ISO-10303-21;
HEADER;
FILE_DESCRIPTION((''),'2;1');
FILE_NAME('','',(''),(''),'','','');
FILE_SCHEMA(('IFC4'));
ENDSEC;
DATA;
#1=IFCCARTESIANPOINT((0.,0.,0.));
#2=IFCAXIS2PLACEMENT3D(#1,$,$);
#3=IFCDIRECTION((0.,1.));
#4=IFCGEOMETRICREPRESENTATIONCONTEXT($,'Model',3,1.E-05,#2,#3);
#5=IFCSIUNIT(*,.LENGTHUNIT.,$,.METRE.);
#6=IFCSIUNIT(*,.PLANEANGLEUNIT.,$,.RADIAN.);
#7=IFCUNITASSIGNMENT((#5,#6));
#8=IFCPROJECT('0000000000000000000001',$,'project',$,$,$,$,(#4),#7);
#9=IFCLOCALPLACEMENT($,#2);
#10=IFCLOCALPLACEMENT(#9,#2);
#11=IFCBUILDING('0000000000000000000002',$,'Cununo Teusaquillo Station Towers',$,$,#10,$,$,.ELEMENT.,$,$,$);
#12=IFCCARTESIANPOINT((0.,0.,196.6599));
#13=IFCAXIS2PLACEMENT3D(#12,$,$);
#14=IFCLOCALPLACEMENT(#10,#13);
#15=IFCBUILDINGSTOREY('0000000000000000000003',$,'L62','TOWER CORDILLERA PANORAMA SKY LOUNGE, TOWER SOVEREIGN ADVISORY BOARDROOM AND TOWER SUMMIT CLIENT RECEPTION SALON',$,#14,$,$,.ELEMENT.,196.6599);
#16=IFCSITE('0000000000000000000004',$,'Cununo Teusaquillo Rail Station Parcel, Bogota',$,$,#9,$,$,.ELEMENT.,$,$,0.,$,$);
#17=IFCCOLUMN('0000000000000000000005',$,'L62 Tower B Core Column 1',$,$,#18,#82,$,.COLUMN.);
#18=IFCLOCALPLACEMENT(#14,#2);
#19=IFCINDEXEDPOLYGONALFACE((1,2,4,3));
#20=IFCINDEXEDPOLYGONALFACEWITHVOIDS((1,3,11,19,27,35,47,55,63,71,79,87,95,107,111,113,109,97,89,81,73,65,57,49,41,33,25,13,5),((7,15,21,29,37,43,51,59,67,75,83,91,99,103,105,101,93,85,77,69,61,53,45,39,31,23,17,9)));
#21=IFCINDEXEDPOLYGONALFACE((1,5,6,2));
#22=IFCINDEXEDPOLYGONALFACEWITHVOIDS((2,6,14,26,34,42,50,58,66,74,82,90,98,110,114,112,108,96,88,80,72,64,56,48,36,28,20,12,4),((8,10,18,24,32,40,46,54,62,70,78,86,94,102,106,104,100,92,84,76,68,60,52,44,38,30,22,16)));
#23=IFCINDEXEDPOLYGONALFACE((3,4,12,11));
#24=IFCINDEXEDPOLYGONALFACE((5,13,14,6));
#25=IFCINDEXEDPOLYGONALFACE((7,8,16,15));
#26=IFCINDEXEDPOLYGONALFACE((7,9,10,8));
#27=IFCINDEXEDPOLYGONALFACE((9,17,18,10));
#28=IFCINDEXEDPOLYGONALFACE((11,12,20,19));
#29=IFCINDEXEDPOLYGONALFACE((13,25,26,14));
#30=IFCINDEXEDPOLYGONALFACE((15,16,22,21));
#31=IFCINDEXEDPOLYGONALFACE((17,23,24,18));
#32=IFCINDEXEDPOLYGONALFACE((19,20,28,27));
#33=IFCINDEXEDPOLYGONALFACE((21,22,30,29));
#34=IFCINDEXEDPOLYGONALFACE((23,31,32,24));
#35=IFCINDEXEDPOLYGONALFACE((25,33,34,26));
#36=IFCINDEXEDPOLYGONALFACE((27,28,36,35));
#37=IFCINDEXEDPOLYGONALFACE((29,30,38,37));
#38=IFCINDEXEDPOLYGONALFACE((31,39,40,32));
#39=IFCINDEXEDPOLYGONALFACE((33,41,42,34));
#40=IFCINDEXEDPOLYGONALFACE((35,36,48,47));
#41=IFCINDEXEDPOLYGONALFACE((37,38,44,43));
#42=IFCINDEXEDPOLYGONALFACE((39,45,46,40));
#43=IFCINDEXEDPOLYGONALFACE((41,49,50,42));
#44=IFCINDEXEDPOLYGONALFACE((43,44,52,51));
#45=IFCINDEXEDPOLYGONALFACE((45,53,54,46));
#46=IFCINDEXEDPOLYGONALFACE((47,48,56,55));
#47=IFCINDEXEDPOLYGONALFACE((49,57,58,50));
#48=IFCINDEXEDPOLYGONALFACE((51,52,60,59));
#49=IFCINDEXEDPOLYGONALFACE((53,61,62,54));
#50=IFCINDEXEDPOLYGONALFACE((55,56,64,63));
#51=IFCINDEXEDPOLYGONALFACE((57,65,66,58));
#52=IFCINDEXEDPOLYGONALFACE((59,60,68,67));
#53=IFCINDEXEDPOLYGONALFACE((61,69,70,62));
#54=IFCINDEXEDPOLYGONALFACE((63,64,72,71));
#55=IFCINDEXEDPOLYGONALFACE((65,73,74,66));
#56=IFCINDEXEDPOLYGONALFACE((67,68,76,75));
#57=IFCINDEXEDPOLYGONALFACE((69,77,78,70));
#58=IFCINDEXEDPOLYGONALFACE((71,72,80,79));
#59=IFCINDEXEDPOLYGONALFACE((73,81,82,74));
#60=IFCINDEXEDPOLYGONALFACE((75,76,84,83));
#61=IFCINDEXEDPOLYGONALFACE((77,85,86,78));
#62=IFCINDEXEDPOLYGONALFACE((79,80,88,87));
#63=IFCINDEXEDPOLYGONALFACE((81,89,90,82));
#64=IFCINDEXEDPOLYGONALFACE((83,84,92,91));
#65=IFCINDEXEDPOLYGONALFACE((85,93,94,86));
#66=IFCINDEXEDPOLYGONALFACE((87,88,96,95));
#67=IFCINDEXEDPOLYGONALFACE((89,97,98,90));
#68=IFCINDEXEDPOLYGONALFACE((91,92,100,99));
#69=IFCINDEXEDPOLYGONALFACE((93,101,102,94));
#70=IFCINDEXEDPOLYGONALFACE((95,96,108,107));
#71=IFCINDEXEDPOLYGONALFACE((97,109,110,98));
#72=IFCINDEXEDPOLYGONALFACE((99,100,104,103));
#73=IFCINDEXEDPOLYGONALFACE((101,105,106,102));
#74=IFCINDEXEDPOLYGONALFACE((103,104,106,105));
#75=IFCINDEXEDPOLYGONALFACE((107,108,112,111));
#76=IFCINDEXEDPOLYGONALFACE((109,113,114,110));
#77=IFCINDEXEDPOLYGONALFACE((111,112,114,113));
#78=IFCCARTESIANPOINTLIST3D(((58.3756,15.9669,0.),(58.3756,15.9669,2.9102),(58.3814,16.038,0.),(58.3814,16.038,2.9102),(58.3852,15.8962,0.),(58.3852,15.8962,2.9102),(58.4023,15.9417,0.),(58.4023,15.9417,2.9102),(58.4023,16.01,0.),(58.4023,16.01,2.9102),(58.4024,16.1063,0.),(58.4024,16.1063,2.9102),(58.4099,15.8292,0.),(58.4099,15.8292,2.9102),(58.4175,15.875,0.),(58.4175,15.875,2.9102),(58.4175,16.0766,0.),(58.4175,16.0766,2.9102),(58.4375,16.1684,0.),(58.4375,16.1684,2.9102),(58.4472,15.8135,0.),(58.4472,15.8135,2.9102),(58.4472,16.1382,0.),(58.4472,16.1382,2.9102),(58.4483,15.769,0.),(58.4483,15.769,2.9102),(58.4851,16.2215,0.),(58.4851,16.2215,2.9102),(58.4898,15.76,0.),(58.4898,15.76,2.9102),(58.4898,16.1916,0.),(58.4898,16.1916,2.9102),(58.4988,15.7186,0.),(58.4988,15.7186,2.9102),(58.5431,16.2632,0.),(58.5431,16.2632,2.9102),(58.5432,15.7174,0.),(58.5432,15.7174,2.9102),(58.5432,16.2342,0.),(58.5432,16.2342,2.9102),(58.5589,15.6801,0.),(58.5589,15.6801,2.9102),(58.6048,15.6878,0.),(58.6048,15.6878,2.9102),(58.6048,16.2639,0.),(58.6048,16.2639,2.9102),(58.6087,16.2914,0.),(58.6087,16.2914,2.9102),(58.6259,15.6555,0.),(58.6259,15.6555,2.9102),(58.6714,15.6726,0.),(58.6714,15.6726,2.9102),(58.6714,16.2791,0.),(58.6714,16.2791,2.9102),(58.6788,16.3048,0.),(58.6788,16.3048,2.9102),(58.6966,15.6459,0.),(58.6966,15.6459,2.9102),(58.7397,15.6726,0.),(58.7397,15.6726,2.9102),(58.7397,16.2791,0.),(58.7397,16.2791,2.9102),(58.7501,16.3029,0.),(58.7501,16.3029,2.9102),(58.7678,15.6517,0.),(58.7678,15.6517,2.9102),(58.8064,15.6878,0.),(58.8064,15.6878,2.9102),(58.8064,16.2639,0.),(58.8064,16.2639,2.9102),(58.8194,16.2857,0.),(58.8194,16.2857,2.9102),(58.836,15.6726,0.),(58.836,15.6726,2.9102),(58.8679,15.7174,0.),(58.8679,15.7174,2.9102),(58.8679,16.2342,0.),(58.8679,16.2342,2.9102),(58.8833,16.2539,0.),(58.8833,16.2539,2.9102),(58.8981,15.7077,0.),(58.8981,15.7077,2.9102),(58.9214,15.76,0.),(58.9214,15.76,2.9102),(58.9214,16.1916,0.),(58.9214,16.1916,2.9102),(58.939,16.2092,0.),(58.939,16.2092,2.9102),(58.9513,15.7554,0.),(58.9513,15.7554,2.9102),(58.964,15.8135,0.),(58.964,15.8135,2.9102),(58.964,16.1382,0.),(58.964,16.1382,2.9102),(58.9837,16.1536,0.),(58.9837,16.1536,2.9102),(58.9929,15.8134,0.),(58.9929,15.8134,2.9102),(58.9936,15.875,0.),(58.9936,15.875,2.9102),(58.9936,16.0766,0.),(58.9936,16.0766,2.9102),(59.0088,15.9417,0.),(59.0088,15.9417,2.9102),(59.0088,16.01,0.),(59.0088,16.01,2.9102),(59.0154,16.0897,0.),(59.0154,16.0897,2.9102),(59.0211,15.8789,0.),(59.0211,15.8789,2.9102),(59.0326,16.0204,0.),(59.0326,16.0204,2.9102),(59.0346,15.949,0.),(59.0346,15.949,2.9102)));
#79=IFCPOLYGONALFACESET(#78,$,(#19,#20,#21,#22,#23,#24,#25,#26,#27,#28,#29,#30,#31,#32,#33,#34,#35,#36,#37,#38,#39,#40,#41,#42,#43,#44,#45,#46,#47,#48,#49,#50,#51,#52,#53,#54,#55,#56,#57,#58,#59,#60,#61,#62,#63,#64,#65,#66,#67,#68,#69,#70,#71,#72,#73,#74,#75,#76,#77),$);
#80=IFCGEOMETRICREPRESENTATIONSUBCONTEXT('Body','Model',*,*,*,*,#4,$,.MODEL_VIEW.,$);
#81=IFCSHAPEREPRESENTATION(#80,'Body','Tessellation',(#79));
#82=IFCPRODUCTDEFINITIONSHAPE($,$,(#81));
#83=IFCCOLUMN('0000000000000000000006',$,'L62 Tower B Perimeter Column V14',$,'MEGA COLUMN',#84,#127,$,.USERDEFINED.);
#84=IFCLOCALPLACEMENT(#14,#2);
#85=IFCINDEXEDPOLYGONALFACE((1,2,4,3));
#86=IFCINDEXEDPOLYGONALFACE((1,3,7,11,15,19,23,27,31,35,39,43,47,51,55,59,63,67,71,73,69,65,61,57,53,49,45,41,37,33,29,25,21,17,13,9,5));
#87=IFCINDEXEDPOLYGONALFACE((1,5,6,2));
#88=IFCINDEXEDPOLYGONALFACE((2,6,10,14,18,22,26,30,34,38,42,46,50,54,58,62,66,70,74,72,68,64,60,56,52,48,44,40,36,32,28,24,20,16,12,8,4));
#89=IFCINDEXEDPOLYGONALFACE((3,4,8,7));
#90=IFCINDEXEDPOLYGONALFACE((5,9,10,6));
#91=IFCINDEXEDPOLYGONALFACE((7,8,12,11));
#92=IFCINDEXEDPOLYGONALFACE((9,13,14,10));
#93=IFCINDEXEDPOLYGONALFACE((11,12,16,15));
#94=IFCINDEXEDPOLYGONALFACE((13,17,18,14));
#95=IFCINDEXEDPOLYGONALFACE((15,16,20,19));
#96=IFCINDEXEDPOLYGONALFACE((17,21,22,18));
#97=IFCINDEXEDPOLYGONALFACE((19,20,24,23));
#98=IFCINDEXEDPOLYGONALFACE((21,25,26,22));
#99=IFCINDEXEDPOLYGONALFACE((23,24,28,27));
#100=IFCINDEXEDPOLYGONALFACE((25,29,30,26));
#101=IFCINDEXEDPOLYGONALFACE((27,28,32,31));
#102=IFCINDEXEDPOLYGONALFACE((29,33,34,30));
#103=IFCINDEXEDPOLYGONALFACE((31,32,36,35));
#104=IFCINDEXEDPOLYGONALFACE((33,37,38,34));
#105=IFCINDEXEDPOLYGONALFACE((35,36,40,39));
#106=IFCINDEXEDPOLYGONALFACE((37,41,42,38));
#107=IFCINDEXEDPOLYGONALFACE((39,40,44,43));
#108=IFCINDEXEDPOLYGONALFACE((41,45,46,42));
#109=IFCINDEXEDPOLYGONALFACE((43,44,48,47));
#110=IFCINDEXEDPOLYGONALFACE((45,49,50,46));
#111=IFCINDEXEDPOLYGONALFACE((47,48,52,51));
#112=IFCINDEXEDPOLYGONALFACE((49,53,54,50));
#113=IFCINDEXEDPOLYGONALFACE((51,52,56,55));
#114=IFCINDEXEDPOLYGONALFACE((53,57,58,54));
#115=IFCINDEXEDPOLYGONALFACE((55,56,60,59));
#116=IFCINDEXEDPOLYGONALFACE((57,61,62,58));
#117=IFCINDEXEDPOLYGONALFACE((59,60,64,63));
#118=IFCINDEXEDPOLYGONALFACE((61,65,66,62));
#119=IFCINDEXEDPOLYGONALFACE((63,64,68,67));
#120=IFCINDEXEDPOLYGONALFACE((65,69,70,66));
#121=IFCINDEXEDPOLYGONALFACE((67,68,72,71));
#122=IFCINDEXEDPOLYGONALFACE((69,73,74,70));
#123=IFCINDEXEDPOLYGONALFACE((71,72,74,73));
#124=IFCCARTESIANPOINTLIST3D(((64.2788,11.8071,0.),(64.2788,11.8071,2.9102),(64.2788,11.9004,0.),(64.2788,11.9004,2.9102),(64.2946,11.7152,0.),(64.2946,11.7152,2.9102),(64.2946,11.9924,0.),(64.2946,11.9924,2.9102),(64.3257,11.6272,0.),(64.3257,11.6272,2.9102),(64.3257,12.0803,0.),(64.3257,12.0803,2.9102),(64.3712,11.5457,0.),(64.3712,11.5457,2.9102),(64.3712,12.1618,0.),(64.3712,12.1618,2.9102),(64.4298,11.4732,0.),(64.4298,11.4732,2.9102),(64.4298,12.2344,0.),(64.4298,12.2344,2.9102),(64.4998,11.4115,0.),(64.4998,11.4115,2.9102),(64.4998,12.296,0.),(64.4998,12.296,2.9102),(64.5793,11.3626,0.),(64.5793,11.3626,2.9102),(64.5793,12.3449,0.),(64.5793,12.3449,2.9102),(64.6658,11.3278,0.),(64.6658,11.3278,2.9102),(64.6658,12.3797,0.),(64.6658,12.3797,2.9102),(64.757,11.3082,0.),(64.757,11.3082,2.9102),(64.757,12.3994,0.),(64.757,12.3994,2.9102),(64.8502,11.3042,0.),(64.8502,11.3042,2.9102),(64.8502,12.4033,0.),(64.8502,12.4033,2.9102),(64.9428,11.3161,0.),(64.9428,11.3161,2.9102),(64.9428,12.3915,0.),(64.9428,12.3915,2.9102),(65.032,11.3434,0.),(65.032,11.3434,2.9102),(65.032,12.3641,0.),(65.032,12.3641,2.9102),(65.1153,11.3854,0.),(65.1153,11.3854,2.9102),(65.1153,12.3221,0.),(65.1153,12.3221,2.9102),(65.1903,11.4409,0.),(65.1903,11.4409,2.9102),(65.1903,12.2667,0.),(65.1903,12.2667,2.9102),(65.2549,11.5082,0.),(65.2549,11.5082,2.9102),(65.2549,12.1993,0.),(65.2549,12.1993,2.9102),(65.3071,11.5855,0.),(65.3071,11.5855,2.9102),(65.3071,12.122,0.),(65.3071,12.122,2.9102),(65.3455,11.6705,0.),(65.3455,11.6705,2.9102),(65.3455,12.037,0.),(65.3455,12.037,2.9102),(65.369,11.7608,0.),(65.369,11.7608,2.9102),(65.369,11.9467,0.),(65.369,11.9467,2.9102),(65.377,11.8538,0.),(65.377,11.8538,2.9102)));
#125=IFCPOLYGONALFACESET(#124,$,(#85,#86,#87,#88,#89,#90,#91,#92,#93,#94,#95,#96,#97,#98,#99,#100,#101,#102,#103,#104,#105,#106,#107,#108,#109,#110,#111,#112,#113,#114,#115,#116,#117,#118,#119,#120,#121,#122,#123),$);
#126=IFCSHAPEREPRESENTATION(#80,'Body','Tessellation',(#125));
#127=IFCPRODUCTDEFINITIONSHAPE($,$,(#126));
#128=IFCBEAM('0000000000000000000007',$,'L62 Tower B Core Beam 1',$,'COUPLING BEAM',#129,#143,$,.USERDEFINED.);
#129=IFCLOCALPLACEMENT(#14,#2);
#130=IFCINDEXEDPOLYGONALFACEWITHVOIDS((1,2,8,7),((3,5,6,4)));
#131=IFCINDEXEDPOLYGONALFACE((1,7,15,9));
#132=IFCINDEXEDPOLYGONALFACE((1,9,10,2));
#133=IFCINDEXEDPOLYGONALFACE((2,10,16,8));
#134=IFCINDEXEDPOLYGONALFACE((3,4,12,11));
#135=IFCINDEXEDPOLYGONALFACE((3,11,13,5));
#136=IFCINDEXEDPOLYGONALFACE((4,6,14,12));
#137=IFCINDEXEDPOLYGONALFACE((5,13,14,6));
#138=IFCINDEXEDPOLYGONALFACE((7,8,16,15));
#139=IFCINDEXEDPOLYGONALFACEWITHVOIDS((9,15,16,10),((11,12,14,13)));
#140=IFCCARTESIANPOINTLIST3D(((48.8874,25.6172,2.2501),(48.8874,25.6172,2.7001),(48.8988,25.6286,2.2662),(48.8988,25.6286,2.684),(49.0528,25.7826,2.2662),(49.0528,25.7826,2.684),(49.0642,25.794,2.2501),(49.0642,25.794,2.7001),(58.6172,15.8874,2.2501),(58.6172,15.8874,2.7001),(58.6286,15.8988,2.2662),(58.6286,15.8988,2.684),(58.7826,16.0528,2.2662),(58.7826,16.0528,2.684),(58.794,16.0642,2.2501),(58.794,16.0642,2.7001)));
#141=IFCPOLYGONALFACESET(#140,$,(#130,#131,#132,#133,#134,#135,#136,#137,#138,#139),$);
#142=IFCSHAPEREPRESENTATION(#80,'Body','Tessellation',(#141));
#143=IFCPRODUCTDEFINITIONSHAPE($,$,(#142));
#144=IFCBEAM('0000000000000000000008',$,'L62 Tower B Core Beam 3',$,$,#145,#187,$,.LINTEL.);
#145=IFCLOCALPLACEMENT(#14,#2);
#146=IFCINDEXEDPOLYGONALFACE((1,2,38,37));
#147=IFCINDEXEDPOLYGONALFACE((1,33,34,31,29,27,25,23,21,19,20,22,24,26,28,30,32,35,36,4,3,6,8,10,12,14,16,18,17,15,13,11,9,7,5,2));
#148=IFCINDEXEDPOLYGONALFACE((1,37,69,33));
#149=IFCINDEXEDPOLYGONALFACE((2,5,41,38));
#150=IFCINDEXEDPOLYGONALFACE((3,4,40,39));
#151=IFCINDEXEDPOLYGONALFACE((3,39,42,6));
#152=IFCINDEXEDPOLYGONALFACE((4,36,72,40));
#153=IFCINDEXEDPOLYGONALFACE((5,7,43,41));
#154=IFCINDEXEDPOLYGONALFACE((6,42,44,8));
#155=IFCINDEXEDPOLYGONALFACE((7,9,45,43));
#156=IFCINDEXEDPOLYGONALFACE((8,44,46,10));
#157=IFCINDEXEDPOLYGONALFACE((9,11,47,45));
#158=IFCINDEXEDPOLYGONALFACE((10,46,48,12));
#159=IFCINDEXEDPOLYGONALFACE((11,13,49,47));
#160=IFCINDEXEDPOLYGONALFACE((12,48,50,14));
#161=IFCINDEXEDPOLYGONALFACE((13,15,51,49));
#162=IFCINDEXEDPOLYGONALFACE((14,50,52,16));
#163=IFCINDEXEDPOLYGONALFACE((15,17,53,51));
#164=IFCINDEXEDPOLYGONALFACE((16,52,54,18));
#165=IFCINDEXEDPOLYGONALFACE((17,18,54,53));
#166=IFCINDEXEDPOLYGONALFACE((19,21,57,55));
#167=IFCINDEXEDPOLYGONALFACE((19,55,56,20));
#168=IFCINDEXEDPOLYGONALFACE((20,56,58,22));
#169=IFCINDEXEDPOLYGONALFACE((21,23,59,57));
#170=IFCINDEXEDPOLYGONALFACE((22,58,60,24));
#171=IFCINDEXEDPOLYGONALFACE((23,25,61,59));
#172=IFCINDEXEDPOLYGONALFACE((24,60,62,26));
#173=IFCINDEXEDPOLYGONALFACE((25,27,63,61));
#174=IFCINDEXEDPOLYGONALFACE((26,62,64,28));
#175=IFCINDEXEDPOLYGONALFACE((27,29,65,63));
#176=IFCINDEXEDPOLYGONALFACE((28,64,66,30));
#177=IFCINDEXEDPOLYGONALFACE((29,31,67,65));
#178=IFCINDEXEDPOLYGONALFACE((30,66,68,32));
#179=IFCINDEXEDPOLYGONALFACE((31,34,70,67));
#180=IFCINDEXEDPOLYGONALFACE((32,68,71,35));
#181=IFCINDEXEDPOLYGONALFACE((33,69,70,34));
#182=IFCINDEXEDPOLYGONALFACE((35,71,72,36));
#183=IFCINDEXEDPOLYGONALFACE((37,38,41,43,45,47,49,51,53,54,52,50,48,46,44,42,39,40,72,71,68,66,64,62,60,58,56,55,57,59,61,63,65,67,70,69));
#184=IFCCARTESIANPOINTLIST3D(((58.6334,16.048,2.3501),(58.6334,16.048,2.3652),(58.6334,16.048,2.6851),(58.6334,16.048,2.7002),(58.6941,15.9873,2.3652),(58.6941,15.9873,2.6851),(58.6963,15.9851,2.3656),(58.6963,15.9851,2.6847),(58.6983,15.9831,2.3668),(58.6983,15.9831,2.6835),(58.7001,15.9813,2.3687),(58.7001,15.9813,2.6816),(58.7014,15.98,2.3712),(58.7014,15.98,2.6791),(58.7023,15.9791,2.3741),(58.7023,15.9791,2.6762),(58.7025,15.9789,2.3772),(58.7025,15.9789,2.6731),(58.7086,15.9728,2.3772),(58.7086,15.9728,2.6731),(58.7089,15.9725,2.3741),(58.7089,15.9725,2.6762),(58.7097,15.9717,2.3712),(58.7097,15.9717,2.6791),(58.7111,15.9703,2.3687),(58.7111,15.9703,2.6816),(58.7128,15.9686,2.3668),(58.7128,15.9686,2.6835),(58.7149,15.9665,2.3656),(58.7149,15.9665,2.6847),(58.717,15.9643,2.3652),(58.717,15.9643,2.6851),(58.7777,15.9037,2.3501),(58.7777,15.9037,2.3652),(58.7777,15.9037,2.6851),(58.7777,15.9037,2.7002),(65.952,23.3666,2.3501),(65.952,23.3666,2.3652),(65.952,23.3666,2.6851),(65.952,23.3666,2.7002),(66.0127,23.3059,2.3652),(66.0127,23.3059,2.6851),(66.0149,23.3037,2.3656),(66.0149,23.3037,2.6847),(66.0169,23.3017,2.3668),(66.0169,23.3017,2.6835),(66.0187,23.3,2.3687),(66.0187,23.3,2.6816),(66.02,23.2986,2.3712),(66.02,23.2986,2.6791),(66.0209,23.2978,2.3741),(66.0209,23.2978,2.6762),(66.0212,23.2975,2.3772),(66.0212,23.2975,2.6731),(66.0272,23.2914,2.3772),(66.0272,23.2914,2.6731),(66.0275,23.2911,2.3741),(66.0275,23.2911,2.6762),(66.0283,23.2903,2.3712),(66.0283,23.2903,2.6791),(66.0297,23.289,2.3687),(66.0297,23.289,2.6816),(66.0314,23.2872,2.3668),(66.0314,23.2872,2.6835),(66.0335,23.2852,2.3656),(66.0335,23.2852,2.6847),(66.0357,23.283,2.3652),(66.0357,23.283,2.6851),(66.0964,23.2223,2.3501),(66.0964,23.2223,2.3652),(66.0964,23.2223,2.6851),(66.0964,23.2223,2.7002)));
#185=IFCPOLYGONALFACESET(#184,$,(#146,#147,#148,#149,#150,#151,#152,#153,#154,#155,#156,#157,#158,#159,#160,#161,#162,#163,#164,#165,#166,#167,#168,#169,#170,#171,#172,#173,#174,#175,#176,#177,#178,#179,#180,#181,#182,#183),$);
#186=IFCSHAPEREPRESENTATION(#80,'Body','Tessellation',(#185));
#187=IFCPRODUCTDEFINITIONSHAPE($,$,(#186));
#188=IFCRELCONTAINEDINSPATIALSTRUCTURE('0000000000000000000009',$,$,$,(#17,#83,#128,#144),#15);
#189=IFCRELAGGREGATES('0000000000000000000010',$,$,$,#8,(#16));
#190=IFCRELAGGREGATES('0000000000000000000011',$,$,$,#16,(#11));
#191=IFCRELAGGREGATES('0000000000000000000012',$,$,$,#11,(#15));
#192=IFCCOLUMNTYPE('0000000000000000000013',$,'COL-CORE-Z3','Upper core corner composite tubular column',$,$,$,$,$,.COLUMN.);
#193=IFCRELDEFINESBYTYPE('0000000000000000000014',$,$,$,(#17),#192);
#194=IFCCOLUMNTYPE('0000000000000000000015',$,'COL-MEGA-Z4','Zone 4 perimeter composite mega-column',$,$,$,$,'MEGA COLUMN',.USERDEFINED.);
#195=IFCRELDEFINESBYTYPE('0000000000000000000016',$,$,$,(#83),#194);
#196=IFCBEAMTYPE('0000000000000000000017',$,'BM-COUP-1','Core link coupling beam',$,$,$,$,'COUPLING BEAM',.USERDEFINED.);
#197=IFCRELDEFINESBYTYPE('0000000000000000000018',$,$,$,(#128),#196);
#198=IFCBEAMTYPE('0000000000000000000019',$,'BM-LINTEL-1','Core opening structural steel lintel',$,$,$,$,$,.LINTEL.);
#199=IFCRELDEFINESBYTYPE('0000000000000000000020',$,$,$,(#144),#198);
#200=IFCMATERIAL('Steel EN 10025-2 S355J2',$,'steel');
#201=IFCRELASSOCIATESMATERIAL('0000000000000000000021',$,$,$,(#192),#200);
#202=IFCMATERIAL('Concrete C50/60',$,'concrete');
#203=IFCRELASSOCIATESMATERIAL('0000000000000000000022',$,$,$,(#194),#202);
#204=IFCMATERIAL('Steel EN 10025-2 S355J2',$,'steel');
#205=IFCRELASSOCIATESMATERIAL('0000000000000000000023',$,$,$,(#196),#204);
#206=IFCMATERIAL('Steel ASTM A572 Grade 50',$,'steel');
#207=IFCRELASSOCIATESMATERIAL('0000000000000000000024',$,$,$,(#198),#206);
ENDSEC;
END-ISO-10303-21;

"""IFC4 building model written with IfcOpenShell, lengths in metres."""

from ifc_helpers import new_model, si_unit, direction, frame, origin, origin_2d, place, context, subcontext, project, spatial, hollow_rectangle, circle, hollow_circle, i_section, extrude, material, material_profile, profile_set, type_object, element, save


model = new_model("IFC4")

# Units and contexts
model_context = context("Model", 3, precision=1e-05, world=origin(), true_north=direction((0.0, 1.0)))
body_context = subcontext(model_context, "Body", "Model", "MODEL_VIEW")
ifc_project = project(units=[si_unit("LENGTHUNIT", "METRE"), si_unit("PLANEANGLEUNIT", "RADIAN")], contexts=[model_context])

# Site, building, storey
site_placement = place(None, origin())
site = spatial("IfcSite", under=ifc_project, at=site_placement, Name="Cununo Teusaquillo Rail Station Parcel, Bogota", CompositionType="ELEMENT", RefElevation=0.0)
building_placement = place(site_placement, origin())
building = spatial("IfcBuilding", under=site, at=building_placement, Name="Cununo Teusaquillo Station Towers", CompositionType="ELEMENT")
storey_placement = place(building_placement, frame((0.0, 0.0, 196.6599)))
storey = spatial("IfcBuildingStorey", under=building, at=storey_placement, Name="L62", Description="TOWER CORDILLERA PANORAMA SKY LOUNGE, TOWER SOVEREIGN ADVISORY BOARDROOM AND TOWER SUMMIT CLIENT RECEPTION SALON", CompositionType="ELEMENT", Elevation=196.6599)

# Columns
ifc_material_1 = material(Name="Steel EN 10025-2 S355J2", Category="steel")
ifc_material_profile_1 = material_profile(ifc_material_1, hollow_circle(Radius=0.3301, WallThickness=0.0249, at=origin_2d()), Name="CHS 660x25")
ifc_profile_set_1 = profile_set([ifc_material_profile_1], Name="Steel EN 10025-2 S355J2")
column_type_1 = type_object("IfcColumnType", Name="COL-CORE-Z3", Description="Upper core corner composite tubular column", PredefinedType="COLUMN", material=ifc_profile_set_1)
column_1_placement = place(storey_placement, frame((58.7056, 15.9758, 0.0), z_axis=(0.0, 0.0, 1.0), x_axis=(0.707107, 0.707107, 0.0)))
element("IfcColumn", 1, at=column_1_placement, inside=storey, type_object=column_type_1, Name="L62 Tower B Core Column 1", PredefinedType="COLUMN", context=body_context, shape_type="SweptSolid", body=[
    extrude(hollow_circle(Radius=0.3301, WallThickness=0.0249, at=origin_2d()), origin(), (0.0, 0.0, 1.0), 2.9102),
])
ifc_material_2 = material(Name="Concrete C50/60", Category="concrete")
ifc_material_profile_2 = material_profile(ifc_material_2, circle(Radius=0.55, at=origin_2d()), Name="RC-CIRC-1100")
ifc_profile_set_2 = profile_set([ifc_material_profile_2], Name="Concrete C50/60")
column_type_2 = type_object("IfcColumnType", Name="COL-MEGA-Z4", Description="Zone 4 perimeter composite mega-column", ElementType="MEGA COLUMN", PredefinedType="USERDEFINED", material=ifc_profile_set_2)
column_2_placement = place(storey_placement, frame((64.8269, 11.8538, 0.0), z_axis=(0.0, 0.0, 1.0), x_axis=(1.0, 0.0, 0.0)))
element("IfcColumn", 2, at=column_2_placement, inside=storey, type_object=column_type_2, Name="L62 Tower B Perimeter Column V14", ObjectType="MEGA COLUMN", PredefinedType="USERDEFINED", context=body_context, shape_type="SweptSolid", body=[
    extrude(circle(Radius=0.55, at=origin_2d()), origin(), (0.0, 0.0, 1.0), 2.9102),
])

# Beams
ifc_material_3 = material(Name="Steel EN 10025-2 S355J2", Category="steel")
ifc_material_profile_3 = material_profile(ifc_material_3, hollow_rectangle(XDim=0.25, YDim=0.45, WallThickness=0.0161, at=origin_2d()), Name="RHS 450x250x16")
ifc_profile_set_3 = profile_set([ifc_material_profile_3], Name="Steel EN 10025-2 S355J2")
beam_type_1 = type_object("IfcBeamType", Name="BM-COUP-1", Description="Core link coupling beam", ElementType="COUPLING BEAM", PredefinedType="USERDEFINED", material=ifc_profile_set_3)
beam_1_placement = place(storey_placement, frame((58.7056, 15.9758, 2.4751), z_axis=(-0.707107, 0.707107, 0.0), x_axis=(-0.707107, -0.707107, 0.0)))
element("IfcBeam", 3, at=beam_1_placement, inside=storey, type_object=beam_type_1, Name="L62 Tower B Core Beam 1", ObjectType="COUPLING BEAM", PredefinedType="USERDEFINED", context=body_context, shape_type="SweptSolid", body=[
    extrude(hollow_rectangle(XDim=0.25, YDim=0.45, WallThickness=0.0161, at=origin_2d()), origin(), (0.0, 0.0, 1.0), 13.76),
])
ifc_material_4 = material(Name="Steel ASTM A572 Grade 50", Category="steel")
ifc_material_profile_4 = material_profile(ifc_material_4, i_section(OverallWidth=0.2041, OverallDepth=0.3501, WebThickness=0.0085, FlangeThickness=0.0151, FilletRadius=0.012, at=origin_2d()), Name="W14X48")
ifc_profile_set_4 = profile_set([ifc_material_profile_4], Name="Steel ASTM A572 Grade 50")
beam_type_2 = type_object("IfcBeamType", Name="BM-LINTEL-1", Description="Core opening structural steel lintel", PredefinedType="LINTEL", material=ifc_profile_set_4)
beam_2_placement = place(storey_placement, frame((58.7056, 15.9758, 2.5251), z_axis=(0.707107, 0.707107, 0.0), x_axis=(-0.707107, 0.707107, 0.0)))
element("IfcBeam", 4, at=beam_2_placement, inside=storey, type_object=beam_type_2, Name="L62 Tower B Core Beam 3", PredefinedType="LINTEL", context=body_context, shape_type="SweptSolid", body=[
    extrude(i_section(OverallWidth=0.2041, OverallDepth=0.3501, WebThickness=0.0085, FlangeThickness=0.0151, FilletRadius=0.012, at=origin_2d()), origin(), (0.0, 0.0, 1.0), 10.3501),
])

save(model, "model.ifc")
